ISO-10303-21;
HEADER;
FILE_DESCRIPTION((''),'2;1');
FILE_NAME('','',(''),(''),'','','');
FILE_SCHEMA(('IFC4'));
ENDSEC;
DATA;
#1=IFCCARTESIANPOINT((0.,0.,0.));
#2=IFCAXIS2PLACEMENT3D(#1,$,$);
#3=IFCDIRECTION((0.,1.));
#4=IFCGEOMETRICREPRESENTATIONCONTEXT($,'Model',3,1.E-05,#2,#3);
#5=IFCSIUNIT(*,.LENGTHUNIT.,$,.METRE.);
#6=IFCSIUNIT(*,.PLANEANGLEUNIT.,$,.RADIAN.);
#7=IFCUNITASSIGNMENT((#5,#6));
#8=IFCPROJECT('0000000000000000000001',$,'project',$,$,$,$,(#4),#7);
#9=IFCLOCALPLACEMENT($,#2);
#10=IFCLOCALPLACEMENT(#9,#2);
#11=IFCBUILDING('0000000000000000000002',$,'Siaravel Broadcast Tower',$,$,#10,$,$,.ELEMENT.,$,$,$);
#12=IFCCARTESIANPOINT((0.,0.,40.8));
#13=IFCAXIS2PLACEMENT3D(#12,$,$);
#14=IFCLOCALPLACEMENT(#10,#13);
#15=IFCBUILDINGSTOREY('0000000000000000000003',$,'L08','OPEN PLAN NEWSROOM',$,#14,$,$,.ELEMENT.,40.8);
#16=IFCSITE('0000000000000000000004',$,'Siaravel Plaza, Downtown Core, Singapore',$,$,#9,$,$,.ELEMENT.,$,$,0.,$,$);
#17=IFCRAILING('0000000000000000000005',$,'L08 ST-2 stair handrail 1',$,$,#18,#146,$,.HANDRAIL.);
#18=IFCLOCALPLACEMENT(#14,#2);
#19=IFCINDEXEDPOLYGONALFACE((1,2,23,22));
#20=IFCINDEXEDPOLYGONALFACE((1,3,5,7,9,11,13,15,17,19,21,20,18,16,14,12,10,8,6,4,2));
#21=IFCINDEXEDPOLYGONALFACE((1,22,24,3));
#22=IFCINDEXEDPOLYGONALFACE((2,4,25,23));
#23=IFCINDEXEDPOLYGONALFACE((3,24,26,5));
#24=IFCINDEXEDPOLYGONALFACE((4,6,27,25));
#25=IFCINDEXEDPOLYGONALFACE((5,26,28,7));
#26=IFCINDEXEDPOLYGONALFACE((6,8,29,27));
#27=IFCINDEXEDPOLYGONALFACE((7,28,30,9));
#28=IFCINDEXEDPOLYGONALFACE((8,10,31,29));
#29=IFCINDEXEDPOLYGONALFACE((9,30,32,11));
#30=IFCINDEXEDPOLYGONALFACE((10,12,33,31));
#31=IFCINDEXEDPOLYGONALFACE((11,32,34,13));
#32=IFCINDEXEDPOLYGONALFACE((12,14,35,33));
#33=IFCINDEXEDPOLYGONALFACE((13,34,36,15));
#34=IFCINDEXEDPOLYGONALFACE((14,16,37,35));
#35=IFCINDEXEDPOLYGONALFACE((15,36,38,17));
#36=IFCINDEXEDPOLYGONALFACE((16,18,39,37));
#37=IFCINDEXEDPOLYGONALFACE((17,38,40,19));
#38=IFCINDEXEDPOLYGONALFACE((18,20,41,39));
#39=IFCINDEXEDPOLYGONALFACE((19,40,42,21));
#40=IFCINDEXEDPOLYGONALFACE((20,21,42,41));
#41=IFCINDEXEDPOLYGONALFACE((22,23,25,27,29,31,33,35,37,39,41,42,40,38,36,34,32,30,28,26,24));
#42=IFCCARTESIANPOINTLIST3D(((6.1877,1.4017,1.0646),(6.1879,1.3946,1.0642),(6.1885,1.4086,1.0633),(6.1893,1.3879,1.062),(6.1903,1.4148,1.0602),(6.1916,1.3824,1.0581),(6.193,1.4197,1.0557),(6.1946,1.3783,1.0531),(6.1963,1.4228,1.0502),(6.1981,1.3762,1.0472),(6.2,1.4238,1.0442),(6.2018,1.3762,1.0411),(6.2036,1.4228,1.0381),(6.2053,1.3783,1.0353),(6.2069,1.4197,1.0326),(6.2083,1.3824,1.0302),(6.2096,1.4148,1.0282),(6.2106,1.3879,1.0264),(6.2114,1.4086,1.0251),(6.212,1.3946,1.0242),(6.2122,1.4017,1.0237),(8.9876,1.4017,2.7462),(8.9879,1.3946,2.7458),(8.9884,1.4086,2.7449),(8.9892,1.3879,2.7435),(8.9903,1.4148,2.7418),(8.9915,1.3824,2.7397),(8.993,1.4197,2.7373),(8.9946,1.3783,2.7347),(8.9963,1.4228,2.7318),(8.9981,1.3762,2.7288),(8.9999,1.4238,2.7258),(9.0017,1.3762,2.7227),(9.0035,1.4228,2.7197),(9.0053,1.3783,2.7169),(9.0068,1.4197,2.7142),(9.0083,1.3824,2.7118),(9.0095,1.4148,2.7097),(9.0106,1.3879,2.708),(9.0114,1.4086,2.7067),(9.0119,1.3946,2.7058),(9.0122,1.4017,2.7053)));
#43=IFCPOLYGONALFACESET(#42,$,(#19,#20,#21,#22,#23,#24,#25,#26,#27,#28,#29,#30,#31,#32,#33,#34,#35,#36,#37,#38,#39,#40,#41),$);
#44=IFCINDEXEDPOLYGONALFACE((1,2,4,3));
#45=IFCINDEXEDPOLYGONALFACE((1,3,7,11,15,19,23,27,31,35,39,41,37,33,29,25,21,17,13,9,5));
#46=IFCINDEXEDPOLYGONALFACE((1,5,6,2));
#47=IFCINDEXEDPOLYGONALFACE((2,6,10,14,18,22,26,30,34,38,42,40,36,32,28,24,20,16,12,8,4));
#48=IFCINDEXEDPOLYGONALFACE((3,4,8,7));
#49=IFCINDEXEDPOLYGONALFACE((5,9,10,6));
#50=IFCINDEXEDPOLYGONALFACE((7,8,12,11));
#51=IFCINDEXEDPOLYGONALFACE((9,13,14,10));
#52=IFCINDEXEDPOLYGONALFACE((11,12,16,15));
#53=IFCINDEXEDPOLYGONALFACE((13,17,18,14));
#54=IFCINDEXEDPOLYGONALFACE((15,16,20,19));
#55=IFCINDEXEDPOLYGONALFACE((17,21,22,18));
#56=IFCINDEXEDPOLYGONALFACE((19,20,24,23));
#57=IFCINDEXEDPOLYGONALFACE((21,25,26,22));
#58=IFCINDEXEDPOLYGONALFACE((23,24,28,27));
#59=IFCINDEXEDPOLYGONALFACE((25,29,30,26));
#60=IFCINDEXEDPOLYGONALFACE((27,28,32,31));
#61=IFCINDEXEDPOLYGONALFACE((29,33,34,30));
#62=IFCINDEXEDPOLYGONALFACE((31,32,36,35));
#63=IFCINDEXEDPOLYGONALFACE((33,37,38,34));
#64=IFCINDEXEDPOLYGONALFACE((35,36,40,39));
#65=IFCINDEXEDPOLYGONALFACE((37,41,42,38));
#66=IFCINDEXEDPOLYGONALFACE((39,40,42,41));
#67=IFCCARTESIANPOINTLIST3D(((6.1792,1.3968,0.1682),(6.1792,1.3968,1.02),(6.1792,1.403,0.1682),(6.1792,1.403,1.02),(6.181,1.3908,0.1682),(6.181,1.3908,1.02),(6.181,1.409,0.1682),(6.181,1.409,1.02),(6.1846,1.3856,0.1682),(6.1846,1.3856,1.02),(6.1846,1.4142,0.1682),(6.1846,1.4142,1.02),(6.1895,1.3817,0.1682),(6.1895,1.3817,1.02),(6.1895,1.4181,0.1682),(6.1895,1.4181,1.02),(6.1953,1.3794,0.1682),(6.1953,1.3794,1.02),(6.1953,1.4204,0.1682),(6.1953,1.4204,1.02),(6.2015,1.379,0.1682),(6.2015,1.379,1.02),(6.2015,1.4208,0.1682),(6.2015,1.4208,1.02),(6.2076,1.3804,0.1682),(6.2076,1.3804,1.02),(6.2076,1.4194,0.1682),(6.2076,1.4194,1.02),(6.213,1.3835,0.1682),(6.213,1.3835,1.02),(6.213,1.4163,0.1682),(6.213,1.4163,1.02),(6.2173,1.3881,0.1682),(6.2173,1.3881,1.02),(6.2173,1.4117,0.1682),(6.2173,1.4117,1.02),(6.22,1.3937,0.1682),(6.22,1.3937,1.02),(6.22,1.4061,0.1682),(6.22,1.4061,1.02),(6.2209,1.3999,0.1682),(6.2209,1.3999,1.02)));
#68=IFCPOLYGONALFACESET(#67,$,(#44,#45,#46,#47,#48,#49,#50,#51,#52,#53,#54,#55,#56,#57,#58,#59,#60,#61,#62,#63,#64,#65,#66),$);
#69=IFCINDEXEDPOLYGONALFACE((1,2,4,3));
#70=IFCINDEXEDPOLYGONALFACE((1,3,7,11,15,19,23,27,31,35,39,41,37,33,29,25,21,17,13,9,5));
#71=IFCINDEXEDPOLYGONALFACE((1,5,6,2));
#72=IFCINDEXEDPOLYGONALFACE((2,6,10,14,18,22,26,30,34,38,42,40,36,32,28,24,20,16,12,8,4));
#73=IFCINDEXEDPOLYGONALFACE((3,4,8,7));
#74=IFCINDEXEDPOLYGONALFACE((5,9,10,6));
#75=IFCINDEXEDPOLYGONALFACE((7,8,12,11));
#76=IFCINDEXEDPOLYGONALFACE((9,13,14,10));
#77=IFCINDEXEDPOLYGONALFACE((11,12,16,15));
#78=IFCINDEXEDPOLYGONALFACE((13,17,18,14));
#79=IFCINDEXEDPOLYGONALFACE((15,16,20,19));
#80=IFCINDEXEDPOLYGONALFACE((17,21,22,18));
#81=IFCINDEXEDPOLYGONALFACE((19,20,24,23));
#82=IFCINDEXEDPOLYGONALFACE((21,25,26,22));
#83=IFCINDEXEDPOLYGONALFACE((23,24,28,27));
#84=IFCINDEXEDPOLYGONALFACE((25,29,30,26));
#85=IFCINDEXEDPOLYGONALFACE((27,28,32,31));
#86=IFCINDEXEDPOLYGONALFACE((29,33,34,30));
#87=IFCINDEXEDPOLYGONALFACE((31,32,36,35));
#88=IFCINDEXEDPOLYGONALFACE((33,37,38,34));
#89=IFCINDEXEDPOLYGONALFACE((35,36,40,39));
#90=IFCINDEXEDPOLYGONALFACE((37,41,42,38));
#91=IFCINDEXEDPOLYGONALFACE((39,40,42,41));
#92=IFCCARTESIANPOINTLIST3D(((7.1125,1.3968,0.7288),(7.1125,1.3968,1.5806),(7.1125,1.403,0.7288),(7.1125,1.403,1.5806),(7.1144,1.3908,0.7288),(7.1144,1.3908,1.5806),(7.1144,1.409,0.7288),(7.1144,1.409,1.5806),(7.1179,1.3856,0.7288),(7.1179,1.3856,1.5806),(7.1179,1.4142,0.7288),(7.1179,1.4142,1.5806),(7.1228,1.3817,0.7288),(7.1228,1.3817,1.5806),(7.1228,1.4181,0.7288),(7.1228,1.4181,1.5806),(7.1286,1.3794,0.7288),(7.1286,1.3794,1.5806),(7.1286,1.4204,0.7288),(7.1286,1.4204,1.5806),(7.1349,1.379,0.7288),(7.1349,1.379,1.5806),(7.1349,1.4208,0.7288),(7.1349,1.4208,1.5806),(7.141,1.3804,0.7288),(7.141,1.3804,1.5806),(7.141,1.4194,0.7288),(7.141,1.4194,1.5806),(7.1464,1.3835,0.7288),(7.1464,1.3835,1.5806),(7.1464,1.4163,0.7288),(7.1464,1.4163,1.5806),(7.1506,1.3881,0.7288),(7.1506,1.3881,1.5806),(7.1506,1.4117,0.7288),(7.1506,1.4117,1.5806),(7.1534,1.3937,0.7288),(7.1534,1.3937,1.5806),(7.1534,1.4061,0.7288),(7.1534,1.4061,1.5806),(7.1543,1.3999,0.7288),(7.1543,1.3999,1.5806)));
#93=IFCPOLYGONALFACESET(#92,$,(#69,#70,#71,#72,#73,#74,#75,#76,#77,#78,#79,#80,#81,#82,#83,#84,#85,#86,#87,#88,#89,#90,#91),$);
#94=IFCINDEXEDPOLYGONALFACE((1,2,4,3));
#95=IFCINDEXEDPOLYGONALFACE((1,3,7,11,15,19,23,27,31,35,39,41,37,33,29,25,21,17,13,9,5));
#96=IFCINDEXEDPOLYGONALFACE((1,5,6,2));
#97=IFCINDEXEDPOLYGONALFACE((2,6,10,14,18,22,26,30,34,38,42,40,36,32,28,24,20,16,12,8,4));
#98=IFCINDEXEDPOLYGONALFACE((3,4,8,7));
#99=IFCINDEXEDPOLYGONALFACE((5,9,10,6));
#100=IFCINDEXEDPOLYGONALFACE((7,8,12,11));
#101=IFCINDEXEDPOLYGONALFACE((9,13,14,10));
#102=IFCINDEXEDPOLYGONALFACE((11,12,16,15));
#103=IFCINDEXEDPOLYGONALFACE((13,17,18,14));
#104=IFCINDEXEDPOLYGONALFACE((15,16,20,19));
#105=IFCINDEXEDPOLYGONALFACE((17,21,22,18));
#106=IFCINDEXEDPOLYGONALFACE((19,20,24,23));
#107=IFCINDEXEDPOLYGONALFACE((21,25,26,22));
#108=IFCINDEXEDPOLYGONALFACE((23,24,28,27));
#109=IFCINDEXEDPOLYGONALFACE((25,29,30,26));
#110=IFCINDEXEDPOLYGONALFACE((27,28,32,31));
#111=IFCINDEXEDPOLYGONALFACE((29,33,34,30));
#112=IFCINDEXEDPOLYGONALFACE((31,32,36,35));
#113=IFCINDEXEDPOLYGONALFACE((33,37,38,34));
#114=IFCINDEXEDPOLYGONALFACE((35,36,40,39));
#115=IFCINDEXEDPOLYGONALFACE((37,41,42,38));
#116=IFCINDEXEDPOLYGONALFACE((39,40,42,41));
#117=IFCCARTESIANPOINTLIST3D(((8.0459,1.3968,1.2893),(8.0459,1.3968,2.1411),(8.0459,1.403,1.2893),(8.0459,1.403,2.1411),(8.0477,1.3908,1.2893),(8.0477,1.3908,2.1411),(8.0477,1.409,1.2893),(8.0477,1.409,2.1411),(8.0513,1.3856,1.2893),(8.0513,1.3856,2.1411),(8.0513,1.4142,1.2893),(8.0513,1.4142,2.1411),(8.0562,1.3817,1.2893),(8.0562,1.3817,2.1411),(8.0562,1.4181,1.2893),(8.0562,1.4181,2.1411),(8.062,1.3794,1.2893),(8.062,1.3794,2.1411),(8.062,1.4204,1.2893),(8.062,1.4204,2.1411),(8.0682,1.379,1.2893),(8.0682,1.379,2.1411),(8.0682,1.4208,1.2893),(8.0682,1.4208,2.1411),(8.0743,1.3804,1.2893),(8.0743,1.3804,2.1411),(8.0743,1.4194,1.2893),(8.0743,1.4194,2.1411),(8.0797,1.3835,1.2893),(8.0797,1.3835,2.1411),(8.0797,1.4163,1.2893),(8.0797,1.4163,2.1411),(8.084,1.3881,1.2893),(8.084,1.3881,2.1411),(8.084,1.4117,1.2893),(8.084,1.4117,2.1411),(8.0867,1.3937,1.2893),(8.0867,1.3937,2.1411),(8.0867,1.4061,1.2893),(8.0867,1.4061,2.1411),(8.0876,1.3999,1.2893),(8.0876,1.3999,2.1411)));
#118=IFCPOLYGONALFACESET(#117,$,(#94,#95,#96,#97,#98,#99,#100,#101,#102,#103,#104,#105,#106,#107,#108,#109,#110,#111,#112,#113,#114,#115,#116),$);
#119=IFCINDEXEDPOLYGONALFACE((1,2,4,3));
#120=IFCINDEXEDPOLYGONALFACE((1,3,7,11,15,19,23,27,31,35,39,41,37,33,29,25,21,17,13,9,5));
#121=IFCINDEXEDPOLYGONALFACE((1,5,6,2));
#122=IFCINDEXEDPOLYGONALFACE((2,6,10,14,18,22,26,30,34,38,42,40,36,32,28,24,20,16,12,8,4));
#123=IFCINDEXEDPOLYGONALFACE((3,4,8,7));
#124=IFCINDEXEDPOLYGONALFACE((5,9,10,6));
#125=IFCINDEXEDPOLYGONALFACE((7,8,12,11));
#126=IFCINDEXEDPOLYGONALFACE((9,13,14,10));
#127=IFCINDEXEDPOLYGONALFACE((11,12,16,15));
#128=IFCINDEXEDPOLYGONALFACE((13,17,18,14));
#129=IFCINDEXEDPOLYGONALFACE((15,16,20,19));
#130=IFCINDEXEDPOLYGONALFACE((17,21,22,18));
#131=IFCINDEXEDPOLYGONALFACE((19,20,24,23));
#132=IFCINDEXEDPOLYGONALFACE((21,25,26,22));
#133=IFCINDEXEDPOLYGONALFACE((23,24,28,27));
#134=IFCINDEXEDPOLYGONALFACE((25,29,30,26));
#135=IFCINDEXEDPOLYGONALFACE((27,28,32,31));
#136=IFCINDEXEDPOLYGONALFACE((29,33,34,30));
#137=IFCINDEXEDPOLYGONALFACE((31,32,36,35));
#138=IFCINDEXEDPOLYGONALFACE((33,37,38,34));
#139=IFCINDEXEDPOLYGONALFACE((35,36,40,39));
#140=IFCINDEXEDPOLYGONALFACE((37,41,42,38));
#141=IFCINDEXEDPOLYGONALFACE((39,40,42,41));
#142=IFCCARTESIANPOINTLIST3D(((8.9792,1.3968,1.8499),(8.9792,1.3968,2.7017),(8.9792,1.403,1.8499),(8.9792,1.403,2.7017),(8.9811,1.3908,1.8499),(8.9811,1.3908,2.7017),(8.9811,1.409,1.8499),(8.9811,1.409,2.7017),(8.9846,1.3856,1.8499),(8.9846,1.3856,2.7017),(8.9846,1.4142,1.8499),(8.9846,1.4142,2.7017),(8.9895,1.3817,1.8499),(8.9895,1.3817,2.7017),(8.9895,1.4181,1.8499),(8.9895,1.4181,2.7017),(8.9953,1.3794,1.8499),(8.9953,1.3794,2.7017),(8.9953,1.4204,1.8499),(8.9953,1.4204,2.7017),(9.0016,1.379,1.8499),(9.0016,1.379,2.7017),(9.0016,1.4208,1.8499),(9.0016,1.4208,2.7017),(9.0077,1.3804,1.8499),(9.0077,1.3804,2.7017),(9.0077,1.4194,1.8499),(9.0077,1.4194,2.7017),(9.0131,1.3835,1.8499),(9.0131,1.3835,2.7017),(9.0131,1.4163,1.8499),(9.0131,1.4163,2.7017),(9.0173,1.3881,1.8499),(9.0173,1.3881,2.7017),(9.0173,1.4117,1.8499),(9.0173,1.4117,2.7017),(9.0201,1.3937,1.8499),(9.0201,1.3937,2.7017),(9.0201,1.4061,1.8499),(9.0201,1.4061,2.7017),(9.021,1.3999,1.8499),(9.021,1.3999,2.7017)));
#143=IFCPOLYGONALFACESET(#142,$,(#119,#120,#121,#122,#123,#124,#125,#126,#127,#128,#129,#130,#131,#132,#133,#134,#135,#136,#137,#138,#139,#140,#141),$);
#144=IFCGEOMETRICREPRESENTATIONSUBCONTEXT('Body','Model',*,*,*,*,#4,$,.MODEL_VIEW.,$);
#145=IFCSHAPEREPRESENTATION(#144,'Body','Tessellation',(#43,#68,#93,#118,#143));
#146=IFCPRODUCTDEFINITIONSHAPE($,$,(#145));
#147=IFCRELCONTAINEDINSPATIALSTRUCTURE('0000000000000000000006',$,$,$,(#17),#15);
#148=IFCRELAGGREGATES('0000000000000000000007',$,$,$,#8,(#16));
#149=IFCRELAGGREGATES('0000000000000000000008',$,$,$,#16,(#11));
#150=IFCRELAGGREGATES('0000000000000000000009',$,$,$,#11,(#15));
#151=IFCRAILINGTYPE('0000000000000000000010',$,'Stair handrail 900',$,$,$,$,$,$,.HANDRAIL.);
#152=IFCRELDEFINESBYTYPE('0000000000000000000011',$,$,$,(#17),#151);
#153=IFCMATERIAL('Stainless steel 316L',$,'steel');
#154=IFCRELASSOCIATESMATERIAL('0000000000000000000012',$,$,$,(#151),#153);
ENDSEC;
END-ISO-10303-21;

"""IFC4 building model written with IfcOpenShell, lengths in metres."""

from ifc_helpers import new_model, si_unit, direction, frame, origin, origin_2d, place, context, subcontext, project, spatial, circle, extrude, material, type_object, element, save


model = new_model("IFC4")

# Units and contexts
model_context = context("Model", 3, precision=1e-05, world=origin(), true_north=direction((0.0, 1.0)))
body_context = subcontext(model_context, "Body", "Model", "MODEL_VIEW")
ifc_project = project(units=[si_unit("LENGTHUNIT", "METRE"), si_unit("PLANEANGLEUNIT", "RADIAN")], contexts=[model_context])

# Site, building, storey
site_placement = place(None, origin())
site = spatial("IfcSite", under=ifc_project, at=site_placement, Name="Siaravel Plaza, Downtown Core, Singapore", CompositionType="ELEMENT", RefElevation=0.0)
building_placement = place(site_placement, origin())
building = spatial("IfcBuilding", under=site, at=building_placement, Name="Siaravel Broadcast Tower", CompositionType="ELEMENT")
storey_placement = place(building_placement, frame((0.0, 0.0, 40.8)))
storey = spatial("IfcBuildingStorey", under=building, at=storey_placement, Name="L08", Description="OPEN PLAN NEWSROOM", CompositionType="ELEMENT", Elevation=40.8)

# Railing
ifc_material_1 = material(Name="Stainless steel 316L", Category="steel")
railing_type_1 = type_object("IfcRailingType", Name="Stair handrail 900", PredefinedType="HANDRAIL", material=ifc_material_1)
railing_1_placement = place(storey_placement, frame((6.2, 1.3999, 0.1682)))
element("IfcRailing", 1, at=railing_1_placement, inside=storey, type_object=railing_type_1, Name="L08 ST-2 stair handrail 1", PredefinedType="HANDRAIL", context=body_context, shape_type="SweptSolid", body=[
    extrude(circle(Radius=0.0239, at=origin_2d()), frame((0.0, 0.0, 0.876), z_axis=(0.857275, 0.0, 0.514858), x_axis=(0.0, 1.0, 0.0)), (0.0, 0.0, 1.0), 3.2661),
    extrude(circle(Radius=0.021, at=origin_2d()), origin(), (0.0, 0.0, 1.0), 0.8518),
    extrude(circle(Radius=0.021, at=origin_2d()), frame((0.9333, 0.0, 0.5605)), (0.0, 0.0, 1.0), 0.8518),
    extrude(circle(Radius=0.021, at=origin_2d()), frame((1.8667, 0.0, 1.1211)), (0.0, 0.0, 1.0), 0.8518),
    extrude(circle(Radius=0.021, at=origin_2d()), frame((2.8, 0.0, 1.6816)), (0.0, 0.0, 1.0), 0.8518),
])

save(model, "model.ifc")
